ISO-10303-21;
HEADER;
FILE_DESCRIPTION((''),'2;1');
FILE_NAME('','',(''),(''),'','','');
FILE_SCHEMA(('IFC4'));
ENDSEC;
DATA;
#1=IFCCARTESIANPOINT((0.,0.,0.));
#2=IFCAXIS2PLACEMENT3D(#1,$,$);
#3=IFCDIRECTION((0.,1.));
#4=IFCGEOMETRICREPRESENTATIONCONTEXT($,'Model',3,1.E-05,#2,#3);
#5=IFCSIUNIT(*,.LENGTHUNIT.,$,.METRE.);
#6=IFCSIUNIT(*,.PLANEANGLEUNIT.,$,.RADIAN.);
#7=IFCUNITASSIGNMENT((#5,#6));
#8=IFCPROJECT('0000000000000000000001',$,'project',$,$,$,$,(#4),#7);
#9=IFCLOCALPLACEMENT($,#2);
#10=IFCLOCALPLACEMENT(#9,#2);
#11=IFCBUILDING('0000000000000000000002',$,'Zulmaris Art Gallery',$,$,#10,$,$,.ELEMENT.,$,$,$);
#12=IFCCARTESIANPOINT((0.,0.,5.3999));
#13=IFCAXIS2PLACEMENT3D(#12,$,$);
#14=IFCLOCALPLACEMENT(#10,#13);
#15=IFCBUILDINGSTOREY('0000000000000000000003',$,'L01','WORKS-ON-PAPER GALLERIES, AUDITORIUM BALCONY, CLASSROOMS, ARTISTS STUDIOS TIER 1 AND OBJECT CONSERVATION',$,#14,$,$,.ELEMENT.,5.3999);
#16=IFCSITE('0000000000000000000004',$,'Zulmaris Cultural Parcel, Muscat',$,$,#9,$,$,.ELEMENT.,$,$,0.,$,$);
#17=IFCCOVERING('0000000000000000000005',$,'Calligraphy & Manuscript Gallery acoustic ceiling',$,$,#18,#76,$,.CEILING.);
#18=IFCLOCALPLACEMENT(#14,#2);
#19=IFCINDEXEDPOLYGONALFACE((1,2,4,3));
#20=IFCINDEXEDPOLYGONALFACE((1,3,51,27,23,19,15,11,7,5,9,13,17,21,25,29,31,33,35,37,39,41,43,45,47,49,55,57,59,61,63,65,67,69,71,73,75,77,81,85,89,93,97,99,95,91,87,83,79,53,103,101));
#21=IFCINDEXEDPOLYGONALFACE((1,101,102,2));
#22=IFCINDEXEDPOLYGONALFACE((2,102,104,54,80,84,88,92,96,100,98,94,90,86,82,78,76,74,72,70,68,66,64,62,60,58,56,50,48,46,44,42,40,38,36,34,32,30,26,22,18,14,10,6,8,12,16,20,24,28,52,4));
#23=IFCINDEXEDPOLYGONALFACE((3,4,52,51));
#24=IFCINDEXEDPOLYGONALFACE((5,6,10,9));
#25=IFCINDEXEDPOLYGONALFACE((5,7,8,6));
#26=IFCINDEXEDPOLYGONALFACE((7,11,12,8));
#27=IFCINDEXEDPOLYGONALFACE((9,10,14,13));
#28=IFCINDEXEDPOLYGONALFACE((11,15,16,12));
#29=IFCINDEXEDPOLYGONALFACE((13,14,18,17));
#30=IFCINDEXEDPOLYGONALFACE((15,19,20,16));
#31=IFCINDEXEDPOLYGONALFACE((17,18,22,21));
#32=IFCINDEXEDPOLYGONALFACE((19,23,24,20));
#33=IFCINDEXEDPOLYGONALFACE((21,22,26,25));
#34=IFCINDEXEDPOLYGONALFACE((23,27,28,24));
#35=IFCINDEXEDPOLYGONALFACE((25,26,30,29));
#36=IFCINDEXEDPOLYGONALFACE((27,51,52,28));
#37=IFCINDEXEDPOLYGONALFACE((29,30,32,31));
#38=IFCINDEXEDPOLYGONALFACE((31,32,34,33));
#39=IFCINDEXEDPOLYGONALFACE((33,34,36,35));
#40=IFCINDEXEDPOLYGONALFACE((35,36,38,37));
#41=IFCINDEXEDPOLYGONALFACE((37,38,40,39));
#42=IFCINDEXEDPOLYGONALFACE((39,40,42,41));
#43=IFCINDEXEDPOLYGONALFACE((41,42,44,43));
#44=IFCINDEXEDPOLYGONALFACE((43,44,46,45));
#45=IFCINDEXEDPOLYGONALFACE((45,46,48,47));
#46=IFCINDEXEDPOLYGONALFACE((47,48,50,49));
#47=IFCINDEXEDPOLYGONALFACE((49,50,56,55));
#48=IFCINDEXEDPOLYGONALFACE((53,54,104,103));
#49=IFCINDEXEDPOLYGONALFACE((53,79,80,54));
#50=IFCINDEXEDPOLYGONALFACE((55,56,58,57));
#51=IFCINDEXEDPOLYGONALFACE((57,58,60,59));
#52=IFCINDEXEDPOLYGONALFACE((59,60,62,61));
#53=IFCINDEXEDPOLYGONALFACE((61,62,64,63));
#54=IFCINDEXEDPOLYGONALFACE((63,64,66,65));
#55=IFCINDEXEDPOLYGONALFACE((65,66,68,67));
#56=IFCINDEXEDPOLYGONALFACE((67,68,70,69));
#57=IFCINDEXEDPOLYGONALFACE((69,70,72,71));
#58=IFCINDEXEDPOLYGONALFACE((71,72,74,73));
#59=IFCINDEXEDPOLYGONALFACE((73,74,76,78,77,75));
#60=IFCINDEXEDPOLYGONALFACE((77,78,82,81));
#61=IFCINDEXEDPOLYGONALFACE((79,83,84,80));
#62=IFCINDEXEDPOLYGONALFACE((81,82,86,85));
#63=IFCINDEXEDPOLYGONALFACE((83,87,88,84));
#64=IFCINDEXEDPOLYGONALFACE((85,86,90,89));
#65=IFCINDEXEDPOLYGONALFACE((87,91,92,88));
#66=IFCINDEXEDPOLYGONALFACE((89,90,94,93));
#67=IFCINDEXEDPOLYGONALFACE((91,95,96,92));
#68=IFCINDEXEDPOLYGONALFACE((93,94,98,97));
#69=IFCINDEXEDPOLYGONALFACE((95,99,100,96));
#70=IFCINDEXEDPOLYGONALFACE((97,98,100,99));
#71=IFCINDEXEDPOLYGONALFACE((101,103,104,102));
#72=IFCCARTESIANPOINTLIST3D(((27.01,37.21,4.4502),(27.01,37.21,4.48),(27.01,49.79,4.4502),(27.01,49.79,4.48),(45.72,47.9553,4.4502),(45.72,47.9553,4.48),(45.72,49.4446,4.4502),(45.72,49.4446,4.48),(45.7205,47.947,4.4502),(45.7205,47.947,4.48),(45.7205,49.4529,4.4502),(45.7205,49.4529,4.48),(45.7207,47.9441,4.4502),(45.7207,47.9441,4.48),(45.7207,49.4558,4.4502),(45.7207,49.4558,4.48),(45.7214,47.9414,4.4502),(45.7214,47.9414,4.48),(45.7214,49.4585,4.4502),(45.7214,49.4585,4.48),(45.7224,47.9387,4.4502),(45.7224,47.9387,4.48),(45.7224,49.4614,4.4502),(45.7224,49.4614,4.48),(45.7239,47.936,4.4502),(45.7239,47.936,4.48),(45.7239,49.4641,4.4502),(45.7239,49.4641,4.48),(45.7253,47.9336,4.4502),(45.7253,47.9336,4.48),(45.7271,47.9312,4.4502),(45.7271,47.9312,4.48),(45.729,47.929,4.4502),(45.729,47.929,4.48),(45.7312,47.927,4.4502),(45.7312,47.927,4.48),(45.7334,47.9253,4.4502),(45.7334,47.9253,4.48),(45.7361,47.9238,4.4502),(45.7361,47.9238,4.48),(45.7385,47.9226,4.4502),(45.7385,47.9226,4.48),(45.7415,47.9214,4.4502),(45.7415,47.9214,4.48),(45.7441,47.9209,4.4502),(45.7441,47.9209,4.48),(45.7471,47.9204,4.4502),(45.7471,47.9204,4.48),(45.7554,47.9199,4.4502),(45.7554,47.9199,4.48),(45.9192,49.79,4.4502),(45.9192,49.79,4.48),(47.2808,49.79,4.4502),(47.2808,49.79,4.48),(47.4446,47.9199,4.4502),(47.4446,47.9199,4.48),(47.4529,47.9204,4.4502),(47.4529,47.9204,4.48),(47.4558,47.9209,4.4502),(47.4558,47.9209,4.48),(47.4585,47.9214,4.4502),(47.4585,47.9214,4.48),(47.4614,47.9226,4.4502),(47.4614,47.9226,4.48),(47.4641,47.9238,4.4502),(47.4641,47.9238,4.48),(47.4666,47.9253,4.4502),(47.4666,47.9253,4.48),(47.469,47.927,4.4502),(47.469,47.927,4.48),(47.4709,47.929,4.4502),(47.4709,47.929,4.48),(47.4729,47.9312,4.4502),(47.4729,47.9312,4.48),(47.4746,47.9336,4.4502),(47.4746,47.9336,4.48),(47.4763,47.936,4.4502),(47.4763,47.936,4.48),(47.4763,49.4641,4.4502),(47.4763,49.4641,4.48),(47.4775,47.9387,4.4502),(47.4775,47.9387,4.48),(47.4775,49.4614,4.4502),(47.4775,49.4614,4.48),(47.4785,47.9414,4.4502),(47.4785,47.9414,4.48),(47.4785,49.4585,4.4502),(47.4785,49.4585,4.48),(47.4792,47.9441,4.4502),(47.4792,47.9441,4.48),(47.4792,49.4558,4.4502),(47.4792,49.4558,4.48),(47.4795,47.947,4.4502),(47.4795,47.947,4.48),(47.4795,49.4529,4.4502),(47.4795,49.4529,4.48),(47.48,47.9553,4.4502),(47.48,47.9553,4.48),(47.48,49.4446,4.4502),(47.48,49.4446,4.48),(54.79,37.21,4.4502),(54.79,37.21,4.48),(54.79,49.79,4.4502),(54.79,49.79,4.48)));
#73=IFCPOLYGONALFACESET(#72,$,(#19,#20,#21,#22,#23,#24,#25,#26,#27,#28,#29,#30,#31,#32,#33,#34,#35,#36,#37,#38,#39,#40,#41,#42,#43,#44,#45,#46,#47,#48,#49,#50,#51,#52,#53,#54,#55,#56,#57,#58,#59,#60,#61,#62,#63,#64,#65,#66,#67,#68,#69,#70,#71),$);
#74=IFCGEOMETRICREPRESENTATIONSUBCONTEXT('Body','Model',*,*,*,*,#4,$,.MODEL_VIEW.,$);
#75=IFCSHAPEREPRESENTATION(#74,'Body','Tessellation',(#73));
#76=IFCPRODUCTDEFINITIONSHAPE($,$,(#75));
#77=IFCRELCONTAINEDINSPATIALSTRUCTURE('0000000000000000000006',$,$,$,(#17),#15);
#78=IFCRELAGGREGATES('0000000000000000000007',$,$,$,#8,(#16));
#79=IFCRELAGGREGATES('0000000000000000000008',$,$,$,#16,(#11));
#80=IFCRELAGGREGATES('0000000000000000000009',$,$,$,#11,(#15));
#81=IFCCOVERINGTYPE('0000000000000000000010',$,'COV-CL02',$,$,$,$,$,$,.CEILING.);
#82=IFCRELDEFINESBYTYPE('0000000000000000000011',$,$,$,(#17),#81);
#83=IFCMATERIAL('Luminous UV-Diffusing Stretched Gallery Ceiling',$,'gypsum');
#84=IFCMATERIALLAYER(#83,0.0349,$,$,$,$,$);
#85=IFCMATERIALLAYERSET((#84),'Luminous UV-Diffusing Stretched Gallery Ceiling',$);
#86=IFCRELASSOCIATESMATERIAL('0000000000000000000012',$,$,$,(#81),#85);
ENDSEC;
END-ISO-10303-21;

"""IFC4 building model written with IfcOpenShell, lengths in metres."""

from ifc_helpers import new_model, si_unit, direction, frame, origin, place, context, subcontext, project, spatial, polyline, outline, extrude, material, layer, layer_set, type_object, element, save


model = new_model("IFC4")

# Units and contexts
model_context = context("Model", 3, precision=1e-05, world=origin(), true_north=direction((0.0, 1.0)))
body_context = subcontext(model_context, "Body", "Model", "MODEL_VIEW")
ifc_project = project(units=[si_unit("LENGTHUNIT", "METRE"), si_unit("PLANEANGLEUNIT", "RADIAN")], contexts=[model_context])

# Site, building, storey
site_placement = place(None, origin())
site = spatial("IfcSite", under=ifc_project, at=site_placement, Name="Zulmaris Cultural Parcel, Muscat", CompositionType="ELEMENT", RefElevation=0.0)
building_placement = place(site_placement, origin())
building = spatial("IfcBuilding", under=site, at=building_placement, Name="Zulmaris Art Gallery", CompositionType="ELEMENT")
storey_placement = place(building_placement, frame((0.0, 0.0, 5.3999)))
storey = spatial("IfcBuildingStorey", under=building, at=storey_placement, Name="L01", Description="WORKS-ON-PAPER GALLERIES, AUDITORIUM BALCONY, CLASSROOMS, ARTISTS STUDIOS TIER 1 AND OBJECT CONSERVATION", CompositionType="ELEMENT", Elevation=5.3999)

# Covering
ifc_material_1 = material(Name="Luminous UV-Diffusing Stretched Gallery Ceiling", Category="gypsum")
ifc_layer_1 = layer(ifc_material_1, 0.0349)
ifc_layer_set_1 = layer_set([ifc_layer_1], Name="Luminous UV-Diffusing Stretched Gallery Ceiling")
covering_type_1 = type_object("IfcCoveringType", Name="COV-CL02", PredefinedType="CEILING", material=ifc_layer_set_1)
covering_1_placement = place(storey_placement, frame((0.0, 0.0, 4.4502)))
element("IfcCovering", 1, at=covering_1_placement, inside=storey, type_object=covering_type_1, Name="Calligraphy & Manuscript Gallery acoustic ceiling", PredefinedType="CEILING", context=body_context, shape_type="SweptSolid", body=[
    extrude(outline(polyline([(45.7214, 47.9414), (45.7224, 47.9387), (45.7239, 47.936), (45.7253, 47.9336), (45.7271, 47.9312), (45.729, 47.929), (45.7312, 47.927), (45.7334, 47.9253), (45.7361, 47.9238), (45.7385, 47.9226), (45.7415, 47.9214), (45.7441, 47.9209), (45.7471, 47.9204), (45.7554, 47.9199), (47.4446, 47.9199), (47.4529, 47.9204), (47.4558, 47.9209), (47.4585, 47.9214), (47.4614, 47.9226), (47.4641, 47.9238), (47.4666, 47.9253), (47.469, 47.927), (47.4709, 47.929), (47.4729, 47.9312), (47.4746, 47.9336), (47.4763, 47.936), (47.4775, 47.9387), (47.4785, 47.9414), (47.4792, 47.9441), (47.4795, 47.947), (47.48, 47.9553), (47.48, 49.4446), (47.4795, 49.4529), (47.4792, 49.4558), (47.4785, 49.4585), (47.4775, 49.4614), (47.4763, 49.4641), (47.2808, 49.79), (54.79, 49.79), (54.79, 37.21), (27.01, 37.21), (27.01, 49.79), (45.9192, 49.79), (45.7239, 49.4641), (45.7224, 49.4614), (45.7214, 49.4585), (45.7207, 49.4558), (45.7205, 49.4529), (45.72, 49.4446), (45.72, 47.9553), (45.7205, 47.947), (45.7207, 47.9441), (45.7214, 47.9414)])), origin(), (0.0, 0.0, 1.0), 0.0298),
])

save(model, "model.ifc")
